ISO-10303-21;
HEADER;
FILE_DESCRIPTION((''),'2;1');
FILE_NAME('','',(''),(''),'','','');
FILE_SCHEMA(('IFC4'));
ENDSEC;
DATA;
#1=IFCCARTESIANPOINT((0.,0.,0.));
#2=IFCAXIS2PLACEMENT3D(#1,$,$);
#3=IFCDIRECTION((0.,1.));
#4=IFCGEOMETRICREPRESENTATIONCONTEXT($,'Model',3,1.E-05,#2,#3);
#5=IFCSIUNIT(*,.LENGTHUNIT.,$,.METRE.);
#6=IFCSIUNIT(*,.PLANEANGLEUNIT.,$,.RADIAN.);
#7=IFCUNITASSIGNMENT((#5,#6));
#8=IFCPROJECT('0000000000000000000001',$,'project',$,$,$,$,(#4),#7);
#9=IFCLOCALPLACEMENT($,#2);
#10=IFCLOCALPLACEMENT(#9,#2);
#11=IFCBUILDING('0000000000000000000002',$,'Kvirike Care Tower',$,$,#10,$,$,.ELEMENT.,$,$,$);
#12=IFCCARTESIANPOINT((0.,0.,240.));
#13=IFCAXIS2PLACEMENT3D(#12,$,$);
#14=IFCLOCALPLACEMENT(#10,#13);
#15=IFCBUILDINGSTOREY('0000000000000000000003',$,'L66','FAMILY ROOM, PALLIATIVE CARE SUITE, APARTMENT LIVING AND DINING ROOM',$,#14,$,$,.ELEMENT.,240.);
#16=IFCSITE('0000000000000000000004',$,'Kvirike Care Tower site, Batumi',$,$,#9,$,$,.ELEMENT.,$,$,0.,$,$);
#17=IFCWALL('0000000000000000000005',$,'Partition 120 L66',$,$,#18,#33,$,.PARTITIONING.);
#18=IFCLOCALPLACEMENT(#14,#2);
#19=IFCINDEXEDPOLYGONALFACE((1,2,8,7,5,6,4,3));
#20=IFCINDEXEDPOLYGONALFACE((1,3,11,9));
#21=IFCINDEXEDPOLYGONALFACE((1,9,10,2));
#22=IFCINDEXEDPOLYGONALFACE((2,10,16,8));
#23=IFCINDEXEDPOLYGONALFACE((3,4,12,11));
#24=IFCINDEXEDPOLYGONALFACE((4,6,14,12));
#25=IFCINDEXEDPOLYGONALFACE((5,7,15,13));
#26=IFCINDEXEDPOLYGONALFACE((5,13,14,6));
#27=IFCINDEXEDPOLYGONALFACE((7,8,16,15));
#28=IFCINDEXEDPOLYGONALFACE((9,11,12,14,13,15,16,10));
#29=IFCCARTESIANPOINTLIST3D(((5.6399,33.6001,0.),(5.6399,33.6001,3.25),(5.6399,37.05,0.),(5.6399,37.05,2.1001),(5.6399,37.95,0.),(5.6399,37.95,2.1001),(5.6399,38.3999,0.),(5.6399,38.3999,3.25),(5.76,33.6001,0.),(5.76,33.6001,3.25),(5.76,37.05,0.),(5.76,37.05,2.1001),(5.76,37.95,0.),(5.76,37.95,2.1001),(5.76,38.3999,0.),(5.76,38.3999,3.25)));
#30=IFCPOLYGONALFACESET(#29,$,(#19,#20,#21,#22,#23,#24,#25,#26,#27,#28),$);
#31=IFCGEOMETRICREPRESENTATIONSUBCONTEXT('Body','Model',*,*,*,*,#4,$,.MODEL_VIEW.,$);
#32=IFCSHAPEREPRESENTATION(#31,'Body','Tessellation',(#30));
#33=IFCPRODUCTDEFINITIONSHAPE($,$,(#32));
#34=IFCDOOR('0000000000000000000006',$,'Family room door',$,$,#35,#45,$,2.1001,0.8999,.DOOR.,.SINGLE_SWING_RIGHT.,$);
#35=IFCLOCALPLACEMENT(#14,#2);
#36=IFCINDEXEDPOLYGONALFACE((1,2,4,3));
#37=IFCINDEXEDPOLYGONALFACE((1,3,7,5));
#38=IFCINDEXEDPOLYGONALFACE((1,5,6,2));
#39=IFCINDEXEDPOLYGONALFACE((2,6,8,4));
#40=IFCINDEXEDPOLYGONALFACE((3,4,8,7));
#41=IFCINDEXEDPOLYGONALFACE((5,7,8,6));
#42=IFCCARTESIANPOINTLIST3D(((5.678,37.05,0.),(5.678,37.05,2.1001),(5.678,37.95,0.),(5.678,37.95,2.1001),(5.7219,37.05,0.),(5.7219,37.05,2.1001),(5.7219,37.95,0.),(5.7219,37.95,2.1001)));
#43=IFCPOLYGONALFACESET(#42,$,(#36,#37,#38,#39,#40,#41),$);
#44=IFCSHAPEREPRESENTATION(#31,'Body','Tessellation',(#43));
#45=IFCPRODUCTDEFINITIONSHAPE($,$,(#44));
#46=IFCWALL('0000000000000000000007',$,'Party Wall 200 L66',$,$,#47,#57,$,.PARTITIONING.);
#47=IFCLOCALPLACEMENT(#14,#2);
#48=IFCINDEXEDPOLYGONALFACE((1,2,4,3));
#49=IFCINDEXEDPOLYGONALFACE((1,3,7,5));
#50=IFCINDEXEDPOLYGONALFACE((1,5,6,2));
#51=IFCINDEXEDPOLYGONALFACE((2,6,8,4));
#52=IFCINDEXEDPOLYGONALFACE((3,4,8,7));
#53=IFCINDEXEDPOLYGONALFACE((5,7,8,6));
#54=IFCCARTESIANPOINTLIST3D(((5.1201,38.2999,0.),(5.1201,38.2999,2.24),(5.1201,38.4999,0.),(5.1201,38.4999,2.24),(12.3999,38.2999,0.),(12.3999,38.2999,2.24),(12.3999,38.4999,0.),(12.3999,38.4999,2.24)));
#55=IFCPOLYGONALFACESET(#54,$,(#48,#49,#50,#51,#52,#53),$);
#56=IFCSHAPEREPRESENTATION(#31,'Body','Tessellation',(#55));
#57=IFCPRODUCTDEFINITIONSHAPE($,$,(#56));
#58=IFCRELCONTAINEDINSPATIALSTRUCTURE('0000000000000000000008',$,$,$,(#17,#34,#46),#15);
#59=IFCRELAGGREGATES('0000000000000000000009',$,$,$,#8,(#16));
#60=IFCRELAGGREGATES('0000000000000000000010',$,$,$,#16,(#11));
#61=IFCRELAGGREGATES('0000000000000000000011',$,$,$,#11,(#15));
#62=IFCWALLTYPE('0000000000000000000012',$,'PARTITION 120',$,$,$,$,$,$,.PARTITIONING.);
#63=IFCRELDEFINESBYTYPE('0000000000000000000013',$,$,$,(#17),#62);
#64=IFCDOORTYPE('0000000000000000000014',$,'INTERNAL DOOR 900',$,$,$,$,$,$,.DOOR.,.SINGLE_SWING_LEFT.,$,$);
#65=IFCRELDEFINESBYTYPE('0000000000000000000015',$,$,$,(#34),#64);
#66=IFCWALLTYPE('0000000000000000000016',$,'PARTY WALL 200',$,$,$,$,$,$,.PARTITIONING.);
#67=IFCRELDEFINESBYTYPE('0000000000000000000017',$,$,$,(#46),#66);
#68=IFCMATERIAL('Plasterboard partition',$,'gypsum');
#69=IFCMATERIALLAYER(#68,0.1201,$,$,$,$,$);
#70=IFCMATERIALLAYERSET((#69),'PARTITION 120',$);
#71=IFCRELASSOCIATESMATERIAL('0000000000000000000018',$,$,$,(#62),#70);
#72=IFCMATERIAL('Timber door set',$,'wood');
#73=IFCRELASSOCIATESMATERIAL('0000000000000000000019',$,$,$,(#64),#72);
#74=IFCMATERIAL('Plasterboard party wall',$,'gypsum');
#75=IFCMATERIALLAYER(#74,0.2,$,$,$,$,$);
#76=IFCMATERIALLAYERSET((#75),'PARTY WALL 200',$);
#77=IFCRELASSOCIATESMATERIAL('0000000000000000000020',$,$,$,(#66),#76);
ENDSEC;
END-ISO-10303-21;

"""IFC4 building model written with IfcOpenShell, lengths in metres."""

from ifc_helpers import new_model, si_unit, direction, frame, frame_2d, origin, place, context, subcontext, project, spatial, rectangle, extrude, material, layer, layer_set, type_object, element, fill, save


model = new_model("IFC4")

# Units and contexts
model_context = context("Model", 3, precision=1e-05, world=origin(), true_north=direction((0.0, 1.0)))
body_context = subcontext(model_context, "Body", "Model", "MODEL_VIEW")
ifc_project = project(units=[si_unit("LENGTHUNIT", "METRE"), si_unit("PLANEANGLEUNIT", "RADIAN")], contexts=[model_context])

# Site, building, storey
site_placement = place(None, origin())
site = spatial("IfcSite", under=ifc_project, at=site_placement, Name="Kvirike Care Tower site, Batumi", CompositionType="ELEMENT", RefElevation=0.0)
building_placement = place(site_placement, origin())
building = spatial("IfcBuilding", under=site, at=building_placement, Name="Kvirike Care Tower", CompositionType="ELEMENT")
storey_placement = place(building_placement, frame((0.0, 0.0, 240.0)))
storey = spatial("IfcBuildingStorey", under=building, at=storey_placement, Name="L66", Description="FAMILY ROOM, PALLIATIVE CARE SUITE, APARTMENT LIVING AND DINING ROOM", CompositionType="ELEMENT", Elevation=240.0)

# Wall, opening, door
ifc_material_1 = material(Name="Plasterboard partition", Category="gypsum")
ifc_layer_1 = layer(ifc_material_1, 0.1201)
ifc_layer_set_1 = layer_set([ifc_layer_1], Name="PARTITION 120")
wall_type_1 = type_object("IfcWallType", Name="PARTITION 120", PredefinedType="PARTITIONING", material=ifc_layer_set_1)
wall_1_placement = place(storey_placement, frame((5.7, 38.3999, 0.0), z_axis=(0.0, 0.0, 1.0), x_axis=(0.0, -1.0, 0.0)))
wall_1 = element("IfcWall", 1, at=wall_1_placement, inside=storey, type_object=wall_type_1, Name="Partition 120 L66", PredefinedType="PARTITIONING", context=body_context, shape_type="SweptSolid", body=[
    extrude(rectangle(XDim=4.7998, YDim=0.1201, at=frame_2d((2.3999, 0.0))), origin(), (0.0, 0.0, 1.0), 3.25),
])
opening_placement = place(wall_1_placement, frame((0.45, 0.0, 0.0)))
opening = element("IfcOpeningElement", 2, at=opening_placement, cuts=wall_1, PredefinedType="OPENING", context=body_context, shape_type="SweptSolid", body=[
    extrude(rectangle(XDim=0.8999, YDim=2.1001, at=frame_2d((0.45, 1.05))), frame((0.0, 0.0706, 0.0), z_axis=(0.0, -1.0, 0.0), x_axis=(1.0, 0.0, 0.0)), (0.0, 0.0, 1.0), 0.1411),
])
ifc_material_2 = material(Name="Timber door set", Category="wood")
door_type = type_object("IfcDoorType", Name="INTERNAL DOOR 900", OperationType="SINGLE_SWING_LEFT", PredefinedType="DOOR", material=ifc_material_2)
door_placement = place(opening_placement, origin())
door = element("IfcDoor", 3, at=door_placement, inside=storey, type_object=door_type, Name="Family room door", OperationType="SINGLE_SWING_RIGHT", OverallHeight=2.1001, OverallWidth=0.8999, PredefinedType="DOOR", context=body_context, shape_type="SweptSolid", body=[
    extrude(rectangle(XDim=0.8999, YDim=2.1001, at=frame_2d((0.45, 1.05))), frame((0.0, 0.022, 0.0), z_axis=(0.0, -1.0, 0.0), x_axis=(1.0, 0.0, 0.0)), (0.0, 0.0, 1.0), 0.0439),
])
fill(opening, door)

# Wall
ifc_material_3 = material(Name="Plasterboard party wall", Category="gypsum")
ifc_layer_2 = layer(ifc_material_3, 0.2)
ifc_layer_set_2 = layer_set([ifc_layer_2], Name="PARTY WALL 200")
wall_type_2 = type_object("IfcWallType", Name="PARTY WALL 200", PredefinedType="PARTITIONING", material=ifc_layer_set_2)
wall_2_placement = place(storey_placement, frame((5.1201, 38.3999, 0.0), z_axis=(0.0, 0.0, 1.0), x_axis=(1.0, 0.0, 0.0)))
element("IfcWall", 4, at=wall_2_placement, inside=storey, type_object=wall_type_2, Name="Party Wall 200 L66", PredefinedType="PARTITIONING", context=body_context, shape_type="SweptSolid", body=[
    extrude(rectangle(XDim=7.2798, YDim=0.2, at=frame_2d((3.6399, 0.0))), origin(), (0.0, 0.0, 1.0), 2.24),
])

save(model, "model.ifc")
